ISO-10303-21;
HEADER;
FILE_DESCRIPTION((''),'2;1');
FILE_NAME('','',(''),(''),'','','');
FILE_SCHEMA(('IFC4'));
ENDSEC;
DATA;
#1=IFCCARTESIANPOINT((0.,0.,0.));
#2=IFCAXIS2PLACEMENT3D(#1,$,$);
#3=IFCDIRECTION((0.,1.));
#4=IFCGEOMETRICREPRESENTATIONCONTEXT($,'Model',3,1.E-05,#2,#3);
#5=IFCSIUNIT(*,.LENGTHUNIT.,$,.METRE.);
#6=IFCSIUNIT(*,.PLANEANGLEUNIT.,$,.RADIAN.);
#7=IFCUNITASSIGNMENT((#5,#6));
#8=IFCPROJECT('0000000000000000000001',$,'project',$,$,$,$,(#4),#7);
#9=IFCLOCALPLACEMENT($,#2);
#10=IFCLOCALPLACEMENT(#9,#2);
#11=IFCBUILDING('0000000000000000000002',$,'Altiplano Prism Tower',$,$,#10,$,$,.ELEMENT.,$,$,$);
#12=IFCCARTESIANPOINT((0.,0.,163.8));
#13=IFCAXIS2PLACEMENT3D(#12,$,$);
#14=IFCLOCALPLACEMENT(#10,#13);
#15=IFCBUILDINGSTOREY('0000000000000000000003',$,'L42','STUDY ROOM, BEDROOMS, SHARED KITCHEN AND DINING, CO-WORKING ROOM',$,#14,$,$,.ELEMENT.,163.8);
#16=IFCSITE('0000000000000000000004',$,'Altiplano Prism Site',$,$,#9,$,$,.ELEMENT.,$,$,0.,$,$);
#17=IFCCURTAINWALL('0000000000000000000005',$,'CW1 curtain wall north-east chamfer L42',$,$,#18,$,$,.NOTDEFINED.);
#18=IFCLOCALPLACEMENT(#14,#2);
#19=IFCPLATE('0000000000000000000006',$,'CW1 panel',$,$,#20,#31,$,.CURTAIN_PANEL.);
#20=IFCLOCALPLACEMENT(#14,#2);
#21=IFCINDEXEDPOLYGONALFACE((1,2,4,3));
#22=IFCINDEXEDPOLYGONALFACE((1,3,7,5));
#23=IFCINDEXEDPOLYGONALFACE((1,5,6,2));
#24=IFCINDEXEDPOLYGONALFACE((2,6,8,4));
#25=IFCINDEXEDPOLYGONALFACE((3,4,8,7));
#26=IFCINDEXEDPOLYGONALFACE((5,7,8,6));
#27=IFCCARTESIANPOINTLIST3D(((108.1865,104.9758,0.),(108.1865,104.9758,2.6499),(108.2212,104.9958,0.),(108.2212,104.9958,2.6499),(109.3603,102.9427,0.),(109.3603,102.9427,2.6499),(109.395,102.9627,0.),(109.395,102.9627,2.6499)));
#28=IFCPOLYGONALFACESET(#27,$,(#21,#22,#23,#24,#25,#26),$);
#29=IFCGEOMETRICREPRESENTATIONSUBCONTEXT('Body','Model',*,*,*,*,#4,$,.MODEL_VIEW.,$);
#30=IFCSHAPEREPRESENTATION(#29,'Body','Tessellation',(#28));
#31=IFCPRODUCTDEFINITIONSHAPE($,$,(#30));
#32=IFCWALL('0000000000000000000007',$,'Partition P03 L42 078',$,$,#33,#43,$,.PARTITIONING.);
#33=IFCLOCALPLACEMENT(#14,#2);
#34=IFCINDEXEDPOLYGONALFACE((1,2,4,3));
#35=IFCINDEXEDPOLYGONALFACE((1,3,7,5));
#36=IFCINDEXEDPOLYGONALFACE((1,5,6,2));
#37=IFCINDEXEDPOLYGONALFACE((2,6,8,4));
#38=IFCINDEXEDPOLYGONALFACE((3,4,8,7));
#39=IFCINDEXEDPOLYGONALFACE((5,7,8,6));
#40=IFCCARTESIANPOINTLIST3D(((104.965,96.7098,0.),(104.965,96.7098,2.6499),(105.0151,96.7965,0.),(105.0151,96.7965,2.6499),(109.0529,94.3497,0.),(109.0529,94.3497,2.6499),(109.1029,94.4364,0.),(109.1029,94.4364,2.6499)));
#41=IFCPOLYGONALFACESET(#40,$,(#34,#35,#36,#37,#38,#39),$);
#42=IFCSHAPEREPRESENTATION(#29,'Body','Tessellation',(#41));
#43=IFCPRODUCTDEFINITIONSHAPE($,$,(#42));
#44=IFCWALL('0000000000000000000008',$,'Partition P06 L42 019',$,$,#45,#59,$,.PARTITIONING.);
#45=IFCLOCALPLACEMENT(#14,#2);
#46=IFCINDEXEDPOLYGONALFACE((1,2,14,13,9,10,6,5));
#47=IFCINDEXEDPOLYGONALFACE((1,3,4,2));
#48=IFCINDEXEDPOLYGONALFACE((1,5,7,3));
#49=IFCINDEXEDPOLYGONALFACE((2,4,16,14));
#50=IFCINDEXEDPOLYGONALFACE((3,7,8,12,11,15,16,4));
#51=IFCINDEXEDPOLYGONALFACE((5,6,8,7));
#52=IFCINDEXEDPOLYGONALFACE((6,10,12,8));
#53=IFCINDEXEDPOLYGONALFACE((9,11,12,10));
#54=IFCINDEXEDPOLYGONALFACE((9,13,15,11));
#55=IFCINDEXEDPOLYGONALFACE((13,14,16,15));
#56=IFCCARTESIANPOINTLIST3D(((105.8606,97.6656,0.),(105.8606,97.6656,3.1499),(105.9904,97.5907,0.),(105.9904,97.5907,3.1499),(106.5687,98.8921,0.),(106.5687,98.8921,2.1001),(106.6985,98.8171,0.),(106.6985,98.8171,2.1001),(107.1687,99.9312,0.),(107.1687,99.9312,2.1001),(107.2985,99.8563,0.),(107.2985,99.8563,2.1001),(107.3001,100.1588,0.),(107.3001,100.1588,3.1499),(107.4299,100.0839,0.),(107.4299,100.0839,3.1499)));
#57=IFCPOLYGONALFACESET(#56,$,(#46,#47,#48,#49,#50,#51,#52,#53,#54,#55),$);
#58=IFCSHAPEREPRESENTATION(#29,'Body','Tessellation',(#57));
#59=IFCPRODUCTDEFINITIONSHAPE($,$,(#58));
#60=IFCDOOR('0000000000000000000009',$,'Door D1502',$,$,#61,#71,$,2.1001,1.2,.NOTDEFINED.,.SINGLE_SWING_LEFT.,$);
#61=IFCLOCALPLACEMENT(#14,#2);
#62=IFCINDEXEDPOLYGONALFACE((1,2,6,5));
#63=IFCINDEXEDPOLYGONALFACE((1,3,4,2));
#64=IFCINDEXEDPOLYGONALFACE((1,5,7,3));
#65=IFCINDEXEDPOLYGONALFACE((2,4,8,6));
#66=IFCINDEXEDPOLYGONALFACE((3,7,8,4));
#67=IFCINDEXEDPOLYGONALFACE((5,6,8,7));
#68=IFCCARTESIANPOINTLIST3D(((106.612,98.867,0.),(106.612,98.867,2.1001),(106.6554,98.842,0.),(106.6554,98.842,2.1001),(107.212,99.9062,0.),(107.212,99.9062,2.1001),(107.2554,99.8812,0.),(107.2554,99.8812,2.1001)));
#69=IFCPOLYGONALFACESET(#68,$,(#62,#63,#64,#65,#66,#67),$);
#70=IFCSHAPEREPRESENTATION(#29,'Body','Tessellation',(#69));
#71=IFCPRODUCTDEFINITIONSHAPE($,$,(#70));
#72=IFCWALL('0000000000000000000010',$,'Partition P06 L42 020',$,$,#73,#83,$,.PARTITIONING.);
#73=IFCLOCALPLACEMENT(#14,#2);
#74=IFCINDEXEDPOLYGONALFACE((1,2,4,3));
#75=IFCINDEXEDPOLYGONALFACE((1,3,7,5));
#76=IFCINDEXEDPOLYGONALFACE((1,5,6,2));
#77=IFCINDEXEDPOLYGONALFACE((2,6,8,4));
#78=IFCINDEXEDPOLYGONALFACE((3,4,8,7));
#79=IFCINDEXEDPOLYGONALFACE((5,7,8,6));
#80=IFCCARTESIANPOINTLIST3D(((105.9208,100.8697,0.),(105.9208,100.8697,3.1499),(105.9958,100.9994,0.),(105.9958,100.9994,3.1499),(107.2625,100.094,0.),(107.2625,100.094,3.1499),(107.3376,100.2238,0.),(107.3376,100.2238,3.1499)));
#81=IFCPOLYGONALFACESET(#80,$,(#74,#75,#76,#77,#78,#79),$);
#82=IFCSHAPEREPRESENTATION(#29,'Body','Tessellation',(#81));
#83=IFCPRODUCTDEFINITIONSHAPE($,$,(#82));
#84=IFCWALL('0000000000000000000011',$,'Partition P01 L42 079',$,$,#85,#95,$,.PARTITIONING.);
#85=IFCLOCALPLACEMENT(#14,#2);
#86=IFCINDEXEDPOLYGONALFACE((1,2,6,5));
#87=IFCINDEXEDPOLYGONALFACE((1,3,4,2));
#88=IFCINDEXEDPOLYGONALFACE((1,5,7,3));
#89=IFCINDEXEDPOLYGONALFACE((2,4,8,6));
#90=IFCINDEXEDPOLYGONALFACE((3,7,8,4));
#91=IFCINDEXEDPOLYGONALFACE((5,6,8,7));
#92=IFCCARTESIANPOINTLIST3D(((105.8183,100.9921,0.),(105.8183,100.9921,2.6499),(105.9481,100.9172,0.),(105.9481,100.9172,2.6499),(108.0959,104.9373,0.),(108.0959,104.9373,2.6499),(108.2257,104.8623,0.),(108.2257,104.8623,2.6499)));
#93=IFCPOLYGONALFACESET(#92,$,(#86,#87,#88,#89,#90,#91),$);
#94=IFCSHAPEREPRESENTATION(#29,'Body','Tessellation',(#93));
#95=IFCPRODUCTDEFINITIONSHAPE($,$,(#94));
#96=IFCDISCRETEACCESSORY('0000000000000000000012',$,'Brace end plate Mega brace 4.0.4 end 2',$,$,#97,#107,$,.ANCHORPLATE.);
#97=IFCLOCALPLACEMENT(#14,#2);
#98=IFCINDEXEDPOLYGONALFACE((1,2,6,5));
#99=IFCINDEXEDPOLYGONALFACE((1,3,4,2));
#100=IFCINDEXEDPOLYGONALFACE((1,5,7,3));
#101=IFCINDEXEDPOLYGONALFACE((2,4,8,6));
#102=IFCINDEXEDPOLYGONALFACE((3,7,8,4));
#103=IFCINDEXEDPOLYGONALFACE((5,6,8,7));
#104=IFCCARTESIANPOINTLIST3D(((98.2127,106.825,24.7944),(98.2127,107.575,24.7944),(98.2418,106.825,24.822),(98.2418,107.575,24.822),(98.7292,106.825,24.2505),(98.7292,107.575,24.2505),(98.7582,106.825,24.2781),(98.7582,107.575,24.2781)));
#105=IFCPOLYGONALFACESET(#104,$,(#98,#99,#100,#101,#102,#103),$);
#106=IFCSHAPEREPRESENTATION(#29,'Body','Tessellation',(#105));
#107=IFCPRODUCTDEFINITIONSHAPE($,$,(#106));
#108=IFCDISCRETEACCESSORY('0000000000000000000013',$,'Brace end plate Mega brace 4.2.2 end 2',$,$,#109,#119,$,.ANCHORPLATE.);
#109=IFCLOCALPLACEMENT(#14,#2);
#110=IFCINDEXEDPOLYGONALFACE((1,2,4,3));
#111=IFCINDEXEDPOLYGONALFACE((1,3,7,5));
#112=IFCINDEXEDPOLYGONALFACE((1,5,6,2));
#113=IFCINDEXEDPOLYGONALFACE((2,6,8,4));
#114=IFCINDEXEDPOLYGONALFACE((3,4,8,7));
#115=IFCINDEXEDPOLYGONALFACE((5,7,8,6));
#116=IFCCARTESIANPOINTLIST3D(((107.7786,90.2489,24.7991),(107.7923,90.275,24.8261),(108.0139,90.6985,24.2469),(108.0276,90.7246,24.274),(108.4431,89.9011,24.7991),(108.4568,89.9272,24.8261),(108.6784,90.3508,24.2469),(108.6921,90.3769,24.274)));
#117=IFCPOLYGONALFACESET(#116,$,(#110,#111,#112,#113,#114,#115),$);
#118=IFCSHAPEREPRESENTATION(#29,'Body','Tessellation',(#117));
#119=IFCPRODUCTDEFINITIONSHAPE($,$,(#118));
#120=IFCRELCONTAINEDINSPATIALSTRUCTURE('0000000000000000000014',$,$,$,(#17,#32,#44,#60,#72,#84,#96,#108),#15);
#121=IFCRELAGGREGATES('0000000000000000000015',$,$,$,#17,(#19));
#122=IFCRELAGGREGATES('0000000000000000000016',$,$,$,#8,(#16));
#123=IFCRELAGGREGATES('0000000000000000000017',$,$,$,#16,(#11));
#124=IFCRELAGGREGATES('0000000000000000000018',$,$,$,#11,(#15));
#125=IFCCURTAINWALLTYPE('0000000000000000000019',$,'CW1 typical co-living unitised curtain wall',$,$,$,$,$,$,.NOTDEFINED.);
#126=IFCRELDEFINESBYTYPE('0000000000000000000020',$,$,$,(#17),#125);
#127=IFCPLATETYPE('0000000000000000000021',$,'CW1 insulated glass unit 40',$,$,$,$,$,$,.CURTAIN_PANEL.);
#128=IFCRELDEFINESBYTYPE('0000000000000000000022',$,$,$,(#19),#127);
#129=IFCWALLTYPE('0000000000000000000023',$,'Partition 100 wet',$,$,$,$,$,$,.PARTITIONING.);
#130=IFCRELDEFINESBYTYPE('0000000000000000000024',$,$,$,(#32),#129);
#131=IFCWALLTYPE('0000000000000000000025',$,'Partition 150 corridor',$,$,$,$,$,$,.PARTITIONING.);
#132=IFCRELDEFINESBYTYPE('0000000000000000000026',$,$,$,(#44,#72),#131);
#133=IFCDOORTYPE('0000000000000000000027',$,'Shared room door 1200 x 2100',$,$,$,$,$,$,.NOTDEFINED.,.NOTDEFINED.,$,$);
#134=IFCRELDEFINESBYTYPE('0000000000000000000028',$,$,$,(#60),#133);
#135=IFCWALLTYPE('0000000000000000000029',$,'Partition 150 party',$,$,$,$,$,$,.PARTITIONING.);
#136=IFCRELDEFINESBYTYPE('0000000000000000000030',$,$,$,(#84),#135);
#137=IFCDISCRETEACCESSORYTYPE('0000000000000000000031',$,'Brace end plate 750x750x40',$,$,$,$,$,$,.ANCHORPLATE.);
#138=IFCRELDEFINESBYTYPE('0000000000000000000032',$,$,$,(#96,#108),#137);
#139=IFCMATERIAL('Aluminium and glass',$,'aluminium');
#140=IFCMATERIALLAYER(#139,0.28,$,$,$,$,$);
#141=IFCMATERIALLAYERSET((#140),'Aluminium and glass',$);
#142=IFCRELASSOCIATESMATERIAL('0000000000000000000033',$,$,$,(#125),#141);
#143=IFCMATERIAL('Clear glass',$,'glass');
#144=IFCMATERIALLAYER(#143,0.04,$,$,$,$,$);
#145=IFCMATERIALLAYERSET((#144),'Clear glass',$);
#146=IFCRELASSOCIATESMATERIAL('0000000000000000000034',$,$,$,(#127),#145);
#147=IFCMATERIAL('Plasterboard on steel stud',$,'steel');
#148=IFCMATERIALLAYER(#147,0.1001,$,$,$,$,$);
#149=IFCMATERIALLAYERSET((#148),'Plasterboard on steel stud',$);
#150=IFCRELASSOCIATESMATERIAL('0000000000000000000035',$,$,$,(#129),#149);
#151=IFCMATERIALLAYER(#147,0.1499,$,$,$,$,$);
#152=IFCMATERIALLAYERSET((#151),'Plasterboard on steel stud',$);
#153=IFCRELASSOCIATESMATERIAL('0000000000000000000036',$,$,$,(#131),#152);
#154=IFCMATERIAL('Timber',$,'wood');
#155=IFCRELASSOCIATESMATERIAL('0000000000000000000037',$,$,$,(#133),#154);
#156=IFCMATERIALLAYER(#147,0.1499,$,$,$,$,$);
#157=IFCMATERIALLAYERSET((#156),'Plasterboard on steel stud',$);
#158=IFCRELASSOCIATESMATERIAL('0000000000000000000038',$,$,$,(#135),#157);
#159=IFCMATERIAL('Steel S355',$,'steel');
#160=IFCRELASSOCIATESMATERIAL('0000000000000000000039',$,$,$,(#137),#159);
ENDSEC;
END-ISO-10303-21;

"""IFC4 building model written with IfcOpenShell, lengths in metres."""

from ifc_helpers import new_model, si_unit, direction, frame, frame_2d, origin, origin_2d, place, context, subcontext, project, spatial, rectangle, extrude, material, layer, layer_set, material_profile, profile_set, type_object, element, fill, aggregate, save


model = new_model("IFC4")

# Units and contexts
model_context = context("Model", 3, precision=1e-05, world=origin(), true_north=direction((0.0, 1.0)))
body_context = subcontext(model_context, "Body", "Model", "MODEL_VIEW")
ifc_project = project(units=[si_unit("LENGTHUNIT", "METRE"), si_unit("PLANEANGLEUNIT", "RADIAN")], contexts=[model_context])

# Site, building, storey
site_placement = place(None, origin())
site = spatial("IfcSite", under=ifc_project, at=site_placement, Name="Altiplano Prism Site", CompositionType="ELEMENT", RefElevation=0.0)
building_placement = place(site_placement, origin())
building = spatial("IfcBuilding", under=site, at=building_placement, Name="Altiplano Prism Tower", CompositionType="ELEMENT")
storey_placement = place(building_placement, frame((0.0, 0.0, 163.8)))
storey = spatial("IfcBuildingStorey", under=building, at=storey_placement, Name="L42", Description="STUDY ROOM, BEDROOMS, SHARED KITCHEN AND DINING, CO-WORKING ROOM", CompositionType="ELEMENT", Elevation=163.8)

# Curtain wall
ifc_material_1 = material(Name="Aluminium and glass", Category="aluminium")
ifc_layer_1 = layer(ifc_material_1, 0.28)
ifc_layer_set_1 = layer_set([ifc_layer_1], Name="Aluminium and glass")
curtain_wall_type = type_object("IfcCurtainWallType", Name="CW1 typical co-living unitised curtain wall", PredefinedType="NOTDEFINED", material=ifc_layer_set_1)
curtain_wall_1_placement = place(storey_placement, origin())
curtain_wall_1 = element("IfcCurtainWall", 1, at=curtain_wall_1_placement, inside=storey, type_object=curtain_wall_type, Name="CW1 curtain wall north-east chamfer L42", PredefinedType="NOTDEFINED")

# Plate
ifc_material_2 = material(Name="Clear glass", Category="glass")
ifc_layer_2 = layer(ifc_material_2, 0.04)
ifc_layer_set_2 = layer_set([ifc_layer_2], Name="Clear glass")
plate_type = type_object("IfcPlateType", Name="CW1 insulated glass unit 40", PredefinedType="CURTAIN_PANEL", material=ifc_layer_set_2)
plate_1_placement = place(storey_placement, frame((108.7908, 103.9692, 0.0), z_axis=(0.0, 0.0, 1.0), x_axis=(-0.5, 0.866025, 0.0)))
plate_1 = element("IfcPlate", 2, at=plate_1_placement, type_object=plate_type, Name="CW1 panel", PredefinedType="CURTAIN_PANEL", context=body_context, shape_type="SweptSolid", body=[
    extrude(rectangle(XDim=2.3477, YDim=0.04, at=origin_2d()), origin(), (0.0, 0.0, 1.0), 2.6499),
])
aggregate(curtain_wall_1, [plate_1])

# Wall
ifc_material_3 = material(Name="Plasterboard on steel stud", Category="steel")
ifc_layer_3 = layer(ifc_material_3, 0.1001)
ifc_layer_set_3 = layer_set([ifc_layer_3], Name="Plasterboard on steel stud")
wall_type_1 = type_object("IfcWallType", Name="Partition 100 wet", PredefinedType="PARTITIONING", material=ifc_layer_set_3)
wall_1_placement = place(storey_placement, frame((109.0779, 94.3931, 0.0), z_axis=(0.0, 0.0, 1.0), x_axis=(-0.866029, 0.499994, 0.0)))
element("IfcWall", 3, at=wall_1_placement, inside=storey, type_object=wall_type_1, Name="Partition P03 L42 078", PredefinedType="PARTITIONING", context=body_context, shape_type="SweptSolid", body=[
    extrude(rectangle(XDim=4.7202, YDim=0.1001, at=frame_2d((2.3601, 0.0))), origin(), (0.0, 0.0, 1.0), 2.6499),
])

# Wall, opening, door
ifc_layer_4 = layer(ifc_material_3, 0.1499)
ifc_layer_set_4 = layer_set([ifc_layer_4], Name="Plasterboard on steel stud")
wall_type_2 = type_object("IfcWallType", Name="Partition 150 corridor", PredefinedType="PARTITIONING", material=ifc_layer_set_4)
wall_2_placement = place(storey_placement, frame((105.9255, 97.6282, 0.0), z_axis=(0.0, 0.0, 1.0), x_axis=(0.500006, 0.866022, 0.0)))
wall_2 = element("IfcWall", 4, at=wall_2_placement, inside=storey, type_object=wall_type_2, Name="Partition P06 L42 019", PredefinedType="PARTITIONING", context=body_context, shape_type="SweptSolid", body=[
    extrude(rectangle(XDim=2.8789, YDim=0.1499, at=frame_2d((1.4395, 0.0))), origin(), (0.0, 0.0, 1.0), 3.1499),
])
opening_placement = place(wall_2_placement, frame((1.416, 0.0, 0.0)))
opening = element("IfcOpeningElement", 5, at=opening_placement, cuts=wall_2, PredefinedType="OPENING", context=body_context, shape_type="SweptSolid", body=[
    extrude(rectangle(XDim=1.2, YDim=2.1001, at=frame_2d((0.6001, 1.05))), frame((0.0, 0.0854, 0.0), z_axis=(0.0, -1.0, 0.0), x_axis=(1.0, 0.0, 0.0)), (0.0, 0.0, 1.0), 0.1709),
])
ifc_material_4 = material(Name="Timber", Category="wood")
door_type = type_object("IfcDoorType", Name="Shared room door 1200 x 2100", OperationType="NOTDEFINED", PredefinedType="NOTDEFINED", material=ifc_material_4)
door_placement = place(opening_placement, origin())
door = element("IfcDoor", 6, at=door_placement, inside=storey, type_object=door_type, Name="Door D1502", OperationType="SINGLE_SWING_LEFT", OverallHeight=2.1001, OverallWidth=1.2, PredefinedType="NOTDEFINED", context=body_context, shape_type="SweptSolid", body=[
    extrude(rectangle(XDim=1.2, YDim=2.1001, at=frame_2d((0.6001, 1.05))), frame((0.0, 0.0249, 0.0), z_axis=(0.0, -1.0, 0.0), x_axis=(1.0, 0.0, 0.0)), (0.0, 0.0, 1.0), 0.05),
])
fill(opening, door)

# Walls
wall_3_placement = place(storey_placement, frame((107.3, 100.1589, 0.0), z_axis=(0.0, 0.0, 1.0), x_axis=(-0.86576, 0.500459, 0.0)))
element("IfcWall", 7, at=wall_3_placement, inside=storey, type_object=wall_type_2, Name="Partition P06 L42 020", PredefinedType="PARTITIONING", context=body_context, shape_type="SweptSolid", body=[
    extrude(rectangle(XDim=1.5498, YDim=0.1499, at=frame_2d((0.7749, 0.0))), origin(), (0.0, 0.0, 1.0), 3.1499),
])
ifc_layer_5 = layer(ifc_material_3, 0.1499)
ifc_layer_set_5 = layer_set([ifc_layer_5], Name="Plasterboard on steel stud")
wall_type_3 = type_object("IfcWallType", Name="Partition 150 party", PredefinedType="PARTITIONING", material=ifc_layer_set_5)
wall_4_placement = place(storey_placement, frame((108.1609, 104.8999, 0.0), z_axis=(0.0, 0.0, 1.0), x_axis=(-0.499984, -0.866035, 0.0)))
element("IfcWall", 8, at=wall_4_placement, inside=storey, type_object=wall_type_3, Name="Partition P01 L42 079", PredefinedType="PARTITIONING", context=body_context, shape_type="SweptSolid", body=[
    extrude(rectangle(XDim=4.5554, YDim=0.1499, at=frame_2d((2.2778, 0.0))), origin(), (0.0, 0.0, 1.0), 2.6499),
])

# Discrete accessories
ifc_material_5 = material(Name="Steel S355", Category="steel")
ifc_material_profile_1 = material_profile(ifc_material_5, rectangle(XDim=0.75, YDim=0.75, at=origin_2d()), Name="Brace end plate 750x750x40")
ifc_profile_set_1 = profile_set([ifc_material_profile_1], Name="Steel S355")
discrete_accessory_type = type_object("IfcDiscreteAccessoryType", Name="Brace end plate 750x750x40", PredefinedType="ANCHORPLATE", material=ifc_profile_set_1)
for number, where, z_axis, x_axis, name in (
    (9, (98.5, 107.2, 24.55), (-0.725152, 0.0, -0.688589), (0.0, -1.0, 0.0), "Brace end plate Mega brace 4.0.4 end 2"),
    (10, (108.2422, 90.3259, 24.55), (-0.3414, -0.652318, -0.676703), (0.885994, -0.463698, 0.0), "Brace end plate Mega brace 4.2.2 end 2"),
):
    element("IfcDiscreteAccessory", number, at=place(storey_placement, frame(where, z_axis=z_axis, x_axis=x_axis)), inside=storey, type_object=discrete_accessory_type, Name=name, PredefinedType="ANCHORPLATE", context=body_context, shape_type="SweptSolid", body=[
        extrude(rectangle(XDim=0.75, YDim=0.75, at=origin_2d()), origin(), (0.0, 0.0, 1.0), 0.04),
    ])

save(model, "model.ifc")
